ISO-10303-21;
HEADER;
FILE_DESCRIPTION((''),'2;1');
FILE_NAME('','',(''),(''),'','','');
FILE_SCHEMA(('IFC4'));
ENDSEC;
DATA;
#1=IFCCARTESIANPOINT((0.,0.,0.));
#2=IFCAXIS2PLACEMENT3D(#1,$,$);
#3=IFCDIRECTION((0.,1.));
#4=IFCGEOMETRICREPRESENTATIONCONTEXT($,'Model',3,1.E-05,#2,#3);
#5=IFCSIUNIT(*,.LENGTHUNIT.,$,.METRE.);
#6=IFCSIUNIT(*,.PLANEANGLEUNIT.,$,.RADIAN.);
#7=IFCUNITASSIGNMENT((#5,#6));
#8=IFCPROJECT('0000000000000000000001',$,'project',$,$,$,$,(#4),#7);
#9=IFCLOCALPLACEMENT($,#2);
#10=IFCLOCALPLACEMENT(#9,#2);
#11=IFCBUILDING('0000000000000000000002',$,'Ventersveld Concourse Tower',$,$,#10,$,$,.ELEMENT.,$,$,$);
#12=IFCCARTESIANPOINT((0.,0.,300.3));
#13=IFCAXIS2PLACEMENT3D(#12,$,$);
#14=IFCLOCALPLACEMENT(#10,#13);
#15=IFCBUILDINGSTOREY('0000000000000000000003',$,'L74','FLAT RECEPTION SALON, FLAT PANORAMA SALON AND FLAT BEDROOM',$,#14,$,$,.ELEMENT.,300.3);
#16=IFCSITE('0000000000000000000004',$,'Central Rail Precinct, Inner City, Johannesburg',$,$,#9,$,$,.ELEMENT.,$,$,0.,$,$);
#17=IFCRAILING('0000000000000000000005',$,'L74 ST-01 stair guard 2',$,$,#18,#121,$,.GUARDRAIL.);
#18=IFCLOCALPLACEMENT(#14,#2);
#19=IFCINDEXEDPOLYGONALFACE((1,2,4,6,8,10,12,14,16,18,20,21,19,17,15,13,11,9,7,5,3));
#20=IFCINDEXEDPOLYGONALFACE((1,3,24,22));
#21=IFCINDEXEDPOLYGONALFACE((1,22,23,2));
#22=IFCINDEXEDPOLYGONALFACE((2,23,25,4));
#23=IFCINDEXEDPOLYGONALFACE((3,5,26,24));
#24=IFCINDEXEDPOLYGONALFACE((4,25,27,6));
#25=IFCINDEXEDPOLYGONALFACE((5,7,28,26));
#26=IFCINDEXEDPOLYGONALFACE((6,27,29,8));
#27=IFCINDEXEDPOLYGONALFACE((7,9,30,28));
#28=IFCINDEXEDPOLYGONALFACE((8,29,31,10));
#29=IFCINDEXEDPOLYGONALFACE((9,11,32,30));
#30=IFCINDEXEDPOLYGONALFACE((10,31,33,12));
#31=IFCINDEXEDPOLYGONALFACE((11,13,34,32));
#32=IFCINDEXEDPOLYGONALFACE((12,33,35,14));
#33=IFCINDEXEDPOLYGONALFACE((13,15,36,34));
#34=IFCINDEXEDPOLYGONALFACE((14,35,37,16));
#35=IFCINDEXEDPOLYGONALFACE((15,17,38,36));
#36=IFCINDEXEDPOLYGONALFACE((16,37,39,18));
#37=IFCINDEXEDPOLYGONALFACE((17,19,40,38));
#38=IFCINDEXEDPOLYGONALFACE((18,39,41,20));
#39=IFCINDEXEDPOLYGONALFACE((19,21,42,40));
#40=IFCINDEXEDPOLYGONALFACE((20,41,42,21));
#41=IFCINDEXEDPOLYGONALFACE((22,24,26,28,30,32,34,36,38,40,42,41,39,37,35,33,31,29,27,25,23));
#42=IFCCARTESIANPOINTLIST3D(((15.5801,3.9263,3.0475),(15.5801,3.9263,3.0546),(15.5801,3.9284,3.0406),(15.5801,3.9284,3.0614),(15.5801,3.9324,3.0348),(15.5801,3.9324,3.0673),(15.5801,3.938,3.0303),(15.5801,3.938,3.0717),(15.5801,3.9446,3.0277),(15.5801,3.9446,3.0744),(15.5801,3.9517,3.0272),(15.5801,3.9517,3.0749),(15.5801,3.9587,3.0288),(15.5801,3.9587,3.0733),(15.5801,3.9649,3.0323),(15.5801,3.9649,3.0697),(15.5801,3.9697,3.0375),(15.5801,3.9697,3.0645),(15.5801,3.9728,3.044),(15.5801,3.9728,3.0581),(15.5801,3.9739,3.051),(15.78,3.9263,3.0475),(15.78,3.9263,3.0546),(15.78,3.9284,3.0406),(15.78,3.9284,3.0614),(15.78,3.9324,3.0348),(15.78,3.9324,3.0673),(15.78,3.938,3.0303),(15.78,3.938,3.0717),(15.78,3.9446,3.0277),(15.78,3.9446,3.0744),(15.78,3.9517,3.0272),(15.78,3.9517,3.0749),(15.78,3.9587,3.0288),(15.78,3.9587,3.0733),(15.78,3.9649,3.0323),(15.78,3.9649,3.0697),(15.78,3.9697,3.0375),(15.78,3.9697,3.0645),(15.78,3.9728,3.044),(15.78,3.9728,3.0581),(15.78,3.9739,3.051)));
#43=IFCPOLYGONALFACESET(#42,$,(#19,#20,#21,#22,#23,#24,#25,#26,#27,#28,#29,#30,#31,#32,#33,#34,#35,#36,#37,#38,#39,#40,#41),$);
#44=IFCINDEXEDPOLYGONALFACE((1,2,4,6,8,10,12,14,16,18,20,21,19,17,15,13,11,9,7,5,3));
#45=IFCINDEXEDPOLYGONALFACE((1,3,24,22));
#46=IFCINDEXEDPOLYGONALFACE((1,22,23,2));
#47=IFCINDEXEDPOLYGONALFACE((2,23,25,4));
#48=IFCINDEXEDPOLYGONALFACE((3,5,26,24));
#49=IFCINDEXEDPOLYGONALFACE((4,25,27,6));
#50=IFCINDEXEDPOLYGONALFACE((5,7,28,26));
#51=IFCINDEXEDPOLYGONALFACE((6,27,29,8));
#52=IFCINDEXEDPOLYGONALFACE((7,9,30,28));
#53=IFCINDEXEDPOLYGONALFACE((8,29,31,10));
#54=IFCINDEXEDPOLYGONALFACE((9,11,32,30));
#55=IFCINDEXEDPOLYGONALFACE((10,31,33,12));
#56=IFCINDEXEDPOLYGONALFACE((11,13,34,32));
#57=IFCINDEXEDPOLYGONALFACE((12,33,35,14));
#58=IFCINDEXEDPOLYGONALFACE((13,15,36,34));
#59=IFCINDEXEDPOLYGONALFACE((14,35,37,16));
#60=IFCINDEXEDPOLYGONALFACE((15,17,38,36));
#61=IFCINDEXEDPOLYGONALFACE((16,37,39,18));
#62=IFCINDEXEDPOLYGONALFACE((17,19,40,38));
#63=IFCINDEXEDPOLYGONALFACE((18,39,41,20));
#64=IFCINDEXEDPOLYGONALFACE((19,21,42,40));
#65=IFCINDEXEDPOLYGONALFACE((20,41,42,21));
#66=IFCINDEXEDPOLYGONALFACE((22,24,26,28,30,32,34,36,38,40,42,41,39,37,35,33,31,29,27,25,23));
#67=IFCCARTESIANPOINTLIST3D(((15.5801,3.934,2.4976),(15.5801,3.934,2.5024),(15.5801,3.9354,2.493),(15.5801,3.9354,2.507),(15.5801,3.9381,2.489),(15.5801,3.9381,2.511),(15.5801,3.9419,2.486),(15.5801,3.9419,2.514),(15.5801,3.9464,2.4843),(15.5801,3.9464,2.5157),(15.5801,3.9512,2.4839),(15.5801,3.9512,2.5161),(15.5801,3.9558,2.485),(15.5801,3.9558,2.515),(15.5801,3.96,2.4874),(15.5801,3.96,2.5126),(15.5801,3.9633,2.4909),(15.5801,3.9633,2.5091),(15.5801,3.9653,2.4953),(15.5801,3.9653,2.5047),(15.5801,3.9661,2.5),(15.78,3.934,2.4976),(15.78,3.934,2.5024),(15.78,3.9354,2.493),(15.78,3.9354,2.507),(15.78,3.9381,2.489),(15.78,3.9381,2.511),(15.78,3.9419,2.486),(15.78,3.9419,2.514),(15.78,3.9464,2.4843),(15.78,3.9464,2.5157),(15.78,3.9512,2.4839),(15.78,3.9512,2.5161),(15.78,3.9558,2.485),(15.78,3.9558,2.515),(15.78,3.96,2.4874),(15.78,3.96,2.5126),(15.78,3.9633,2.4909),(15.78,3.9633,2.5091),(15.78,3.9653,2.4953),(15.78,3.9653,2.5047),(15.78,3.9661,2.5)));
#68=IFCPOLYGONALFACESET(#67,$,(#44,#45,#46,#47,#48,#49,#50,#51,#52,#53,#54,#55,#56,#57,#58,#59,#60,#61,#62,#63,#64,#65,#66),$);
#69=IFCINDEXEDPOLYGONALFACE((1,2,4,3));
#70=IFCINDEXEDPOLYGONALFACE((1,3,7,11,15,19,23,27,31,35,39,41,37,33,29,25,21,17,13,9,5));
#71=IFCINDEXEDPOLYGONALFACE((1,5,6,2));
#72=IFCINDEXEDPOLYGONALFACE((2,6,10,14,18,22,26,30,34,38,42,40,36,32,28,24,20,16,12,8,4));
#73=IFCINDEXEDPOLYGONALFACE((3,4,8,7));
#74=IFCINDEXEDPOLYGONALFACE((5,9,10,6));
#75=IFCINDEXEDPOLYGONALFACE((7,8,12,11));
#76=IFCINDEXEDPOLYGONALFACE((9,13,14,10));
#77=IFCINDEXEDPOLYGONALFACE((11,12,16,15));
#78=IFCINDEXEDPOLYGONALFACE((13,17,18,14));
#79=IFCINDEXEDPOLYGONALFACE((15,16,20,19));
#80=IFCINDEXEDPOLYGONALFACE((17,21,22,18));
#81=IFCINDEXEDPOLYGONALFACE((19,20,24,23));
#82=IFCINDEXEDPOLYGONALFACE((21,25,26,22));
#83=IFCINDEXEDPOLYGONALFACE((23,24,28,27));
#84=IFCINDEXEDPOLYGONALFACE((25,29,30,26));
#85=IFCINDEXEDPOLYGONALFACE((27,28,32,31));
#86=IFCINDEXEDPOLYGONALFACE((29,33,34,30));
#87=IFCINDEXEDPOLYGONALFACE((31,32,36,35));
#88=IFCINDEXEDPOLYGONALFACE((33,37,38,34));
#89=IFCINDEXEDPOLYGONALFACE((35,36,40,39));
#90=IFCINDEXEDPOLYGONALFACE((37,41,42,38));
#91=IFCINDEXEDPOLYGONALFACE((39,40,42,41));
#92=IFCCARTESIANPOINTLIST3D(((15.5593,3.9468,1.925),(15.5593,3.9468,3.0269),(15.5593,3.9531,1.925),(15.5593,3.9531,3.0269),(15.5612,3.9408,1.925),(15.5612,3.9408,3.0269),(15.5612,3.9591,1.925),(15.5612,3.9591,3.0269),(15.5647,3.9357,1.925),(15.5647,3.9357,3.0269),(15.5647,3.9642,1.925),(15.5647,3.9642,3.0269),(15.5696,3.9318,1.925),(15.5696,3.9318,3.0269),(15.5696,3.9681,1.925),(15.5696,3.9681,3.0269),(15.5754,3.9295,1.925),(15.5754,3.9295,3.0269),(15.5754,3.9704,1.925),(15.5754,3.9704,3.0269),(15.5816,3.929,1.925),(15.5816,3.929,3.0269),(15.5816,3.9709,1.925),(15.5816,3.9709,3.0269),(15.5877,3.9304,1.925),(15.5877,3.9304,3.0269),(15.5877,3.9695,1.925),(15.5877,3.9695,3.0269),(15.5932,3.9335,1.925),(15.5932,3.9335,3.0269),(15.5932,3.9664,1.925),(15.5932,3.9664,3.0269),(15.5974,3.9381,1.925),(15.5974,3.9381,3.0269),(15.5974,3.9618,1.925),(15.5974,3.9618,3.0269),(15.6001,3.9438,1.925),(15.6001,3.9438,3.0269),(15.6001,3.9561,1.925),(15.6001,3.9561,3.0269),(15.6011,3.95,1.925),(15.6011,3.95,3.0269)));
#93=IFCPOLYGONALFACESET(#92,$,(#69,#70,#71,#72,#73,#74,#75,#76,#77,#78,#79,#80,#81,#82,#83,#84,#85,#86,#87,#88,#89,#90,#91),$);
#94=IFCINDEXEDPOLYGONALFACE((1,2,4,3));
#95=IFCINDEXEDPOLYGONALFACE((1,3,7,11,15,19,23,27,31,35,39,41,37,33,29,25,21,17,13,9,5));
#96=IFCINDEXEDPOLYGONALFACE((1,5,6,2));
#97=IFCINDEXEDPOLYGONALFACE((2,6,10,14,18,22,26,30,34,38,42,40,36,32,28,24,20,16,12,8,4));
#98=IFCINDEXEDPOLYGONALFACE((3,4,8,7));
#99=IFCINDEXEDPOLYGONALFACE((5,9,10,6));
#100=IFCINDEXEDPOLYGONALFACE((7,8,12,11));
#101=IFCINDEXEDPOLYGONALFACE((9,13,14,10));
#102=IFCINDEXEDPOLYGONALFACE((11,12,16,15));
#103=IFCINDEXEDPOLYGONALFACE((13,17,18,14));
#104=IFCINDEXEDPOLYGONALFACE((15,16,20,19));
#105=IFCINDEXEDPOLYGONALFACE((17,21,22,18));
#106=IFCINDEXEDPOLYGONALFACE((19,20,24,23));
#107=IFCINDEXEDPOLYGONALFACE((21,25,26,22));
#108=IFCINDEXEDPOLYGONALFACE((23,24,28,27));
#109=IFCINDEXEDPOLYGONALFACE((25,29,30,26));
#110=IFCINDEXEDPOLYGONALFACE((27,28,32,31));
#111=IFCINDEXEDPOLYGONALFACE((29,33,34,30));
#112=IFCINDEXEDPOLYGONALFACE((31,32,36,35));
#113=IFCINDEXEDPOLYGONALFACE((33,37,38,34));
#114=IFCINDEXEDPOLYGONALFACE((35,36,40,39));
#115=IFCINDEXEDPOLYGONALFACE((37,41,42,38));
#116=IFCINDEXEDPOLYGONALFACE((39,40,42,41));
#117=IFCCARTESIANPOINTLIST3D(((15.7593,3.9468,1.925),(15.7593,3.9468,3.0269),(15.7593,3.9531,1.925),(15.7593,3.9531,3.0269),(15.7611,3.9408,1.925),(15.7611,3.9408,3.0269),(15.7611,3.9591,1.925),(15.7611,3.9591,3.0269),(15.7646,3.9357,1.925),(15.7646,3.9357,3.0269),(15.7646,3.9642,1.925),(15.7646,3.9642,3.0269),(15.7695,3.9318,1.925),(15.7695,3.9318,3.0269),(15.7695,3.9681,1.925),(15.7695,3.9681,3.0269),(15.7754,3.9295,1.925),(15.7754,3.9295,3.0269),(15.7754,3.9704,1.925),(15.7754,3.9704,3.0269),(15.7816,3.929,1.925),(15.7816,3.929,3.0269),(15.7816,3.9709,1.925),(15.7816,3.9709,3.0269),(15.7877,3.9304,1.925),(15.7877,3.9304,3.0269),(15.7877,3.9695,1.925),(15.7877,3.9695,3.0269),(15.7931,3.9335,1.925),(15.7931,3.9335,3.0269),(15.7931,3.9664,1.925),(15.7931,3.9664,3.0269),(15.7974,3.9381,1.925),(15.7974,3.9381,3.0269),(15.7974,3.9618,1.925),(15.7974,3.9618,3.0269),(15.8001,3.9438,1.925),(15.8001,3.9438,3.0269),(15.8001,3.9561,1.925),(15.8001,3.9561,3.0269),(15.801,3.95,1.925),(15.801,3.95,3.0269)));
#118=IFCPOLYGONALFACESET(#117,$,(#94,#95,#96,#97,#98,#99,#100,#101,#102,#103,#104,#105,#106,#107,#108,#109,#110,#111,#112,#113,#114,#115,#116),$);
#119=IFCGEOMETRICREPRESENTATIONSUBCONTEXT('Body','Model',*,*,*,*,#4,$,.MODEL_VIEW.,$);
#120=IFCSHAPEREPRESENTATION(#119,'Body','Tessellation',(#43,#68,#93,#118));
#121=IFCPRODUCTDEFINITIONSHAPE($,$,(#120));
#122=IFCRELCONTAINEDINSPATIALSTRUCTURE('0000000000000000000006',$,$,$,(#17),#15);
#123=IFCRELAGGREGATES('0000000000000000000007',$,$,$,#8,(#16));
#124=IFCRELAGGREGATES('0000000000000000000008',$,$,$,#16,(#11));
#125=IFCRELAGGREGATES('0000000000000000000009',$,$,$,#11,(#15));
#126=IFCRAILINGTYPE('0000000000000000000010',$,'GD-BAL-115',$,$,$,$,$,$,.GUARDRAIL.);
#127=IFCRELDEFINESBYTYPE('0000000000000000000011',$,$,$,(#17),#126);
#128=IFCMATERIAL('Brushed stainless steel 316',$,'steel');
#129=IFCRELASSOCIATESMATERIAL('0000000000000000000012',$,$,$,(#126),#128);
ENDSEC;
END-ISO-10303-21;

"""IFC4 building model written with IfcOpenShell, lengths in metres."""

from ifc_helpers import new_model, si_unit, direction, frame, origin, origin_2d, place, context, subcontext, project, spatial, circle, extrude, material, type_object, element, save


model = new_model("IFC4")

# Units and contexts
model_context = context("Model", 3, precision=1e-05, world=origin(), true_north=direction((0.0, 1.0)))
body_context = subcontext(model_context, "Body", "Model", "MODEL_VIEW")
ifc_project = project(units=[si_unit("LENGTHUNIT", "METRE"), si_unit("PLANEANGLEUNIT", "RADIAN")], contexts=[model_context])

# Site, building, storey
site_placement = place(None, origin())
site = spatial("IfcSite", under=ifc_project, at=site_placement, Name="Central Rail Precinct, Inner City, Johannesburg", CompositionType="ELEMENT", RefElevation=0.0)
building_placement = place(site_placement, origin())
building = spatial("IfcBuilding", under=site, at=building_placement, Name="Ventersveld Concourse Tower", CompositionType="ELEMENT")
storey_placement = place(building_placement, frame((0.0, 0.0, 300.3)))
storey = spatial("IfcBuildingStorey", under=building, at=storey_placement, Name="L74", Description="FLAT RECEPTION SALON, FLAT PANORAMA SALON AND FLAT BEDROOM", CompositionType="ELEMENT", Elevation=300.3)

# Railing
ifc_material_1 = material(Name="Brushed stainless steel 316", Category="steel")
railing_type_1 = type_object("IfcRailingType", Name="GD-BAL-115", PredefinedType="GUARDRAIL", material=ifc_material_1)
railing_1_placement = place(storey_placement, frame((15.5801, 3.95, 1.925)))
element("IfcRailing", 1, at=railing_1_placement, inside=storey, type_object=railing_type_1, Name="L74 ST-01 stair guard 2", PredefinedType="GUARDRAIL", context=body_context, shape_type="SweptSolid", body=[
    extrude(circle(Radius=0.0239, at=origin_2d()), frame((0.0, 0.0, 1.126), z_axis=(1.0, 0.0, 0.0), x_axis=(0.0, 1.0, 0.0)), (0.0, 0.0, 1.0), 0.2),
    extrude(circle(Radius=0.0161, at=origin_2d()), frame((0.0, 0.0, 0.575), z_axis=(1.0, 0.0, 0.0), x_axis=(0.0, 1.0, 0.0)), (0.0, 0.0, 1.0), 0.2),
    extrude(circle(Radius=0.021, at=origin_2d()), origin(), (0.0, 0.0, 1.0), 1.1018),
    extrude(circle(Radius=0.021, at=origin_2d()), frame((0.2, 0.0, 0.0)), (0.0, 0.0, 1.0), 1.1018),
])

save(model, "model.ifc")
